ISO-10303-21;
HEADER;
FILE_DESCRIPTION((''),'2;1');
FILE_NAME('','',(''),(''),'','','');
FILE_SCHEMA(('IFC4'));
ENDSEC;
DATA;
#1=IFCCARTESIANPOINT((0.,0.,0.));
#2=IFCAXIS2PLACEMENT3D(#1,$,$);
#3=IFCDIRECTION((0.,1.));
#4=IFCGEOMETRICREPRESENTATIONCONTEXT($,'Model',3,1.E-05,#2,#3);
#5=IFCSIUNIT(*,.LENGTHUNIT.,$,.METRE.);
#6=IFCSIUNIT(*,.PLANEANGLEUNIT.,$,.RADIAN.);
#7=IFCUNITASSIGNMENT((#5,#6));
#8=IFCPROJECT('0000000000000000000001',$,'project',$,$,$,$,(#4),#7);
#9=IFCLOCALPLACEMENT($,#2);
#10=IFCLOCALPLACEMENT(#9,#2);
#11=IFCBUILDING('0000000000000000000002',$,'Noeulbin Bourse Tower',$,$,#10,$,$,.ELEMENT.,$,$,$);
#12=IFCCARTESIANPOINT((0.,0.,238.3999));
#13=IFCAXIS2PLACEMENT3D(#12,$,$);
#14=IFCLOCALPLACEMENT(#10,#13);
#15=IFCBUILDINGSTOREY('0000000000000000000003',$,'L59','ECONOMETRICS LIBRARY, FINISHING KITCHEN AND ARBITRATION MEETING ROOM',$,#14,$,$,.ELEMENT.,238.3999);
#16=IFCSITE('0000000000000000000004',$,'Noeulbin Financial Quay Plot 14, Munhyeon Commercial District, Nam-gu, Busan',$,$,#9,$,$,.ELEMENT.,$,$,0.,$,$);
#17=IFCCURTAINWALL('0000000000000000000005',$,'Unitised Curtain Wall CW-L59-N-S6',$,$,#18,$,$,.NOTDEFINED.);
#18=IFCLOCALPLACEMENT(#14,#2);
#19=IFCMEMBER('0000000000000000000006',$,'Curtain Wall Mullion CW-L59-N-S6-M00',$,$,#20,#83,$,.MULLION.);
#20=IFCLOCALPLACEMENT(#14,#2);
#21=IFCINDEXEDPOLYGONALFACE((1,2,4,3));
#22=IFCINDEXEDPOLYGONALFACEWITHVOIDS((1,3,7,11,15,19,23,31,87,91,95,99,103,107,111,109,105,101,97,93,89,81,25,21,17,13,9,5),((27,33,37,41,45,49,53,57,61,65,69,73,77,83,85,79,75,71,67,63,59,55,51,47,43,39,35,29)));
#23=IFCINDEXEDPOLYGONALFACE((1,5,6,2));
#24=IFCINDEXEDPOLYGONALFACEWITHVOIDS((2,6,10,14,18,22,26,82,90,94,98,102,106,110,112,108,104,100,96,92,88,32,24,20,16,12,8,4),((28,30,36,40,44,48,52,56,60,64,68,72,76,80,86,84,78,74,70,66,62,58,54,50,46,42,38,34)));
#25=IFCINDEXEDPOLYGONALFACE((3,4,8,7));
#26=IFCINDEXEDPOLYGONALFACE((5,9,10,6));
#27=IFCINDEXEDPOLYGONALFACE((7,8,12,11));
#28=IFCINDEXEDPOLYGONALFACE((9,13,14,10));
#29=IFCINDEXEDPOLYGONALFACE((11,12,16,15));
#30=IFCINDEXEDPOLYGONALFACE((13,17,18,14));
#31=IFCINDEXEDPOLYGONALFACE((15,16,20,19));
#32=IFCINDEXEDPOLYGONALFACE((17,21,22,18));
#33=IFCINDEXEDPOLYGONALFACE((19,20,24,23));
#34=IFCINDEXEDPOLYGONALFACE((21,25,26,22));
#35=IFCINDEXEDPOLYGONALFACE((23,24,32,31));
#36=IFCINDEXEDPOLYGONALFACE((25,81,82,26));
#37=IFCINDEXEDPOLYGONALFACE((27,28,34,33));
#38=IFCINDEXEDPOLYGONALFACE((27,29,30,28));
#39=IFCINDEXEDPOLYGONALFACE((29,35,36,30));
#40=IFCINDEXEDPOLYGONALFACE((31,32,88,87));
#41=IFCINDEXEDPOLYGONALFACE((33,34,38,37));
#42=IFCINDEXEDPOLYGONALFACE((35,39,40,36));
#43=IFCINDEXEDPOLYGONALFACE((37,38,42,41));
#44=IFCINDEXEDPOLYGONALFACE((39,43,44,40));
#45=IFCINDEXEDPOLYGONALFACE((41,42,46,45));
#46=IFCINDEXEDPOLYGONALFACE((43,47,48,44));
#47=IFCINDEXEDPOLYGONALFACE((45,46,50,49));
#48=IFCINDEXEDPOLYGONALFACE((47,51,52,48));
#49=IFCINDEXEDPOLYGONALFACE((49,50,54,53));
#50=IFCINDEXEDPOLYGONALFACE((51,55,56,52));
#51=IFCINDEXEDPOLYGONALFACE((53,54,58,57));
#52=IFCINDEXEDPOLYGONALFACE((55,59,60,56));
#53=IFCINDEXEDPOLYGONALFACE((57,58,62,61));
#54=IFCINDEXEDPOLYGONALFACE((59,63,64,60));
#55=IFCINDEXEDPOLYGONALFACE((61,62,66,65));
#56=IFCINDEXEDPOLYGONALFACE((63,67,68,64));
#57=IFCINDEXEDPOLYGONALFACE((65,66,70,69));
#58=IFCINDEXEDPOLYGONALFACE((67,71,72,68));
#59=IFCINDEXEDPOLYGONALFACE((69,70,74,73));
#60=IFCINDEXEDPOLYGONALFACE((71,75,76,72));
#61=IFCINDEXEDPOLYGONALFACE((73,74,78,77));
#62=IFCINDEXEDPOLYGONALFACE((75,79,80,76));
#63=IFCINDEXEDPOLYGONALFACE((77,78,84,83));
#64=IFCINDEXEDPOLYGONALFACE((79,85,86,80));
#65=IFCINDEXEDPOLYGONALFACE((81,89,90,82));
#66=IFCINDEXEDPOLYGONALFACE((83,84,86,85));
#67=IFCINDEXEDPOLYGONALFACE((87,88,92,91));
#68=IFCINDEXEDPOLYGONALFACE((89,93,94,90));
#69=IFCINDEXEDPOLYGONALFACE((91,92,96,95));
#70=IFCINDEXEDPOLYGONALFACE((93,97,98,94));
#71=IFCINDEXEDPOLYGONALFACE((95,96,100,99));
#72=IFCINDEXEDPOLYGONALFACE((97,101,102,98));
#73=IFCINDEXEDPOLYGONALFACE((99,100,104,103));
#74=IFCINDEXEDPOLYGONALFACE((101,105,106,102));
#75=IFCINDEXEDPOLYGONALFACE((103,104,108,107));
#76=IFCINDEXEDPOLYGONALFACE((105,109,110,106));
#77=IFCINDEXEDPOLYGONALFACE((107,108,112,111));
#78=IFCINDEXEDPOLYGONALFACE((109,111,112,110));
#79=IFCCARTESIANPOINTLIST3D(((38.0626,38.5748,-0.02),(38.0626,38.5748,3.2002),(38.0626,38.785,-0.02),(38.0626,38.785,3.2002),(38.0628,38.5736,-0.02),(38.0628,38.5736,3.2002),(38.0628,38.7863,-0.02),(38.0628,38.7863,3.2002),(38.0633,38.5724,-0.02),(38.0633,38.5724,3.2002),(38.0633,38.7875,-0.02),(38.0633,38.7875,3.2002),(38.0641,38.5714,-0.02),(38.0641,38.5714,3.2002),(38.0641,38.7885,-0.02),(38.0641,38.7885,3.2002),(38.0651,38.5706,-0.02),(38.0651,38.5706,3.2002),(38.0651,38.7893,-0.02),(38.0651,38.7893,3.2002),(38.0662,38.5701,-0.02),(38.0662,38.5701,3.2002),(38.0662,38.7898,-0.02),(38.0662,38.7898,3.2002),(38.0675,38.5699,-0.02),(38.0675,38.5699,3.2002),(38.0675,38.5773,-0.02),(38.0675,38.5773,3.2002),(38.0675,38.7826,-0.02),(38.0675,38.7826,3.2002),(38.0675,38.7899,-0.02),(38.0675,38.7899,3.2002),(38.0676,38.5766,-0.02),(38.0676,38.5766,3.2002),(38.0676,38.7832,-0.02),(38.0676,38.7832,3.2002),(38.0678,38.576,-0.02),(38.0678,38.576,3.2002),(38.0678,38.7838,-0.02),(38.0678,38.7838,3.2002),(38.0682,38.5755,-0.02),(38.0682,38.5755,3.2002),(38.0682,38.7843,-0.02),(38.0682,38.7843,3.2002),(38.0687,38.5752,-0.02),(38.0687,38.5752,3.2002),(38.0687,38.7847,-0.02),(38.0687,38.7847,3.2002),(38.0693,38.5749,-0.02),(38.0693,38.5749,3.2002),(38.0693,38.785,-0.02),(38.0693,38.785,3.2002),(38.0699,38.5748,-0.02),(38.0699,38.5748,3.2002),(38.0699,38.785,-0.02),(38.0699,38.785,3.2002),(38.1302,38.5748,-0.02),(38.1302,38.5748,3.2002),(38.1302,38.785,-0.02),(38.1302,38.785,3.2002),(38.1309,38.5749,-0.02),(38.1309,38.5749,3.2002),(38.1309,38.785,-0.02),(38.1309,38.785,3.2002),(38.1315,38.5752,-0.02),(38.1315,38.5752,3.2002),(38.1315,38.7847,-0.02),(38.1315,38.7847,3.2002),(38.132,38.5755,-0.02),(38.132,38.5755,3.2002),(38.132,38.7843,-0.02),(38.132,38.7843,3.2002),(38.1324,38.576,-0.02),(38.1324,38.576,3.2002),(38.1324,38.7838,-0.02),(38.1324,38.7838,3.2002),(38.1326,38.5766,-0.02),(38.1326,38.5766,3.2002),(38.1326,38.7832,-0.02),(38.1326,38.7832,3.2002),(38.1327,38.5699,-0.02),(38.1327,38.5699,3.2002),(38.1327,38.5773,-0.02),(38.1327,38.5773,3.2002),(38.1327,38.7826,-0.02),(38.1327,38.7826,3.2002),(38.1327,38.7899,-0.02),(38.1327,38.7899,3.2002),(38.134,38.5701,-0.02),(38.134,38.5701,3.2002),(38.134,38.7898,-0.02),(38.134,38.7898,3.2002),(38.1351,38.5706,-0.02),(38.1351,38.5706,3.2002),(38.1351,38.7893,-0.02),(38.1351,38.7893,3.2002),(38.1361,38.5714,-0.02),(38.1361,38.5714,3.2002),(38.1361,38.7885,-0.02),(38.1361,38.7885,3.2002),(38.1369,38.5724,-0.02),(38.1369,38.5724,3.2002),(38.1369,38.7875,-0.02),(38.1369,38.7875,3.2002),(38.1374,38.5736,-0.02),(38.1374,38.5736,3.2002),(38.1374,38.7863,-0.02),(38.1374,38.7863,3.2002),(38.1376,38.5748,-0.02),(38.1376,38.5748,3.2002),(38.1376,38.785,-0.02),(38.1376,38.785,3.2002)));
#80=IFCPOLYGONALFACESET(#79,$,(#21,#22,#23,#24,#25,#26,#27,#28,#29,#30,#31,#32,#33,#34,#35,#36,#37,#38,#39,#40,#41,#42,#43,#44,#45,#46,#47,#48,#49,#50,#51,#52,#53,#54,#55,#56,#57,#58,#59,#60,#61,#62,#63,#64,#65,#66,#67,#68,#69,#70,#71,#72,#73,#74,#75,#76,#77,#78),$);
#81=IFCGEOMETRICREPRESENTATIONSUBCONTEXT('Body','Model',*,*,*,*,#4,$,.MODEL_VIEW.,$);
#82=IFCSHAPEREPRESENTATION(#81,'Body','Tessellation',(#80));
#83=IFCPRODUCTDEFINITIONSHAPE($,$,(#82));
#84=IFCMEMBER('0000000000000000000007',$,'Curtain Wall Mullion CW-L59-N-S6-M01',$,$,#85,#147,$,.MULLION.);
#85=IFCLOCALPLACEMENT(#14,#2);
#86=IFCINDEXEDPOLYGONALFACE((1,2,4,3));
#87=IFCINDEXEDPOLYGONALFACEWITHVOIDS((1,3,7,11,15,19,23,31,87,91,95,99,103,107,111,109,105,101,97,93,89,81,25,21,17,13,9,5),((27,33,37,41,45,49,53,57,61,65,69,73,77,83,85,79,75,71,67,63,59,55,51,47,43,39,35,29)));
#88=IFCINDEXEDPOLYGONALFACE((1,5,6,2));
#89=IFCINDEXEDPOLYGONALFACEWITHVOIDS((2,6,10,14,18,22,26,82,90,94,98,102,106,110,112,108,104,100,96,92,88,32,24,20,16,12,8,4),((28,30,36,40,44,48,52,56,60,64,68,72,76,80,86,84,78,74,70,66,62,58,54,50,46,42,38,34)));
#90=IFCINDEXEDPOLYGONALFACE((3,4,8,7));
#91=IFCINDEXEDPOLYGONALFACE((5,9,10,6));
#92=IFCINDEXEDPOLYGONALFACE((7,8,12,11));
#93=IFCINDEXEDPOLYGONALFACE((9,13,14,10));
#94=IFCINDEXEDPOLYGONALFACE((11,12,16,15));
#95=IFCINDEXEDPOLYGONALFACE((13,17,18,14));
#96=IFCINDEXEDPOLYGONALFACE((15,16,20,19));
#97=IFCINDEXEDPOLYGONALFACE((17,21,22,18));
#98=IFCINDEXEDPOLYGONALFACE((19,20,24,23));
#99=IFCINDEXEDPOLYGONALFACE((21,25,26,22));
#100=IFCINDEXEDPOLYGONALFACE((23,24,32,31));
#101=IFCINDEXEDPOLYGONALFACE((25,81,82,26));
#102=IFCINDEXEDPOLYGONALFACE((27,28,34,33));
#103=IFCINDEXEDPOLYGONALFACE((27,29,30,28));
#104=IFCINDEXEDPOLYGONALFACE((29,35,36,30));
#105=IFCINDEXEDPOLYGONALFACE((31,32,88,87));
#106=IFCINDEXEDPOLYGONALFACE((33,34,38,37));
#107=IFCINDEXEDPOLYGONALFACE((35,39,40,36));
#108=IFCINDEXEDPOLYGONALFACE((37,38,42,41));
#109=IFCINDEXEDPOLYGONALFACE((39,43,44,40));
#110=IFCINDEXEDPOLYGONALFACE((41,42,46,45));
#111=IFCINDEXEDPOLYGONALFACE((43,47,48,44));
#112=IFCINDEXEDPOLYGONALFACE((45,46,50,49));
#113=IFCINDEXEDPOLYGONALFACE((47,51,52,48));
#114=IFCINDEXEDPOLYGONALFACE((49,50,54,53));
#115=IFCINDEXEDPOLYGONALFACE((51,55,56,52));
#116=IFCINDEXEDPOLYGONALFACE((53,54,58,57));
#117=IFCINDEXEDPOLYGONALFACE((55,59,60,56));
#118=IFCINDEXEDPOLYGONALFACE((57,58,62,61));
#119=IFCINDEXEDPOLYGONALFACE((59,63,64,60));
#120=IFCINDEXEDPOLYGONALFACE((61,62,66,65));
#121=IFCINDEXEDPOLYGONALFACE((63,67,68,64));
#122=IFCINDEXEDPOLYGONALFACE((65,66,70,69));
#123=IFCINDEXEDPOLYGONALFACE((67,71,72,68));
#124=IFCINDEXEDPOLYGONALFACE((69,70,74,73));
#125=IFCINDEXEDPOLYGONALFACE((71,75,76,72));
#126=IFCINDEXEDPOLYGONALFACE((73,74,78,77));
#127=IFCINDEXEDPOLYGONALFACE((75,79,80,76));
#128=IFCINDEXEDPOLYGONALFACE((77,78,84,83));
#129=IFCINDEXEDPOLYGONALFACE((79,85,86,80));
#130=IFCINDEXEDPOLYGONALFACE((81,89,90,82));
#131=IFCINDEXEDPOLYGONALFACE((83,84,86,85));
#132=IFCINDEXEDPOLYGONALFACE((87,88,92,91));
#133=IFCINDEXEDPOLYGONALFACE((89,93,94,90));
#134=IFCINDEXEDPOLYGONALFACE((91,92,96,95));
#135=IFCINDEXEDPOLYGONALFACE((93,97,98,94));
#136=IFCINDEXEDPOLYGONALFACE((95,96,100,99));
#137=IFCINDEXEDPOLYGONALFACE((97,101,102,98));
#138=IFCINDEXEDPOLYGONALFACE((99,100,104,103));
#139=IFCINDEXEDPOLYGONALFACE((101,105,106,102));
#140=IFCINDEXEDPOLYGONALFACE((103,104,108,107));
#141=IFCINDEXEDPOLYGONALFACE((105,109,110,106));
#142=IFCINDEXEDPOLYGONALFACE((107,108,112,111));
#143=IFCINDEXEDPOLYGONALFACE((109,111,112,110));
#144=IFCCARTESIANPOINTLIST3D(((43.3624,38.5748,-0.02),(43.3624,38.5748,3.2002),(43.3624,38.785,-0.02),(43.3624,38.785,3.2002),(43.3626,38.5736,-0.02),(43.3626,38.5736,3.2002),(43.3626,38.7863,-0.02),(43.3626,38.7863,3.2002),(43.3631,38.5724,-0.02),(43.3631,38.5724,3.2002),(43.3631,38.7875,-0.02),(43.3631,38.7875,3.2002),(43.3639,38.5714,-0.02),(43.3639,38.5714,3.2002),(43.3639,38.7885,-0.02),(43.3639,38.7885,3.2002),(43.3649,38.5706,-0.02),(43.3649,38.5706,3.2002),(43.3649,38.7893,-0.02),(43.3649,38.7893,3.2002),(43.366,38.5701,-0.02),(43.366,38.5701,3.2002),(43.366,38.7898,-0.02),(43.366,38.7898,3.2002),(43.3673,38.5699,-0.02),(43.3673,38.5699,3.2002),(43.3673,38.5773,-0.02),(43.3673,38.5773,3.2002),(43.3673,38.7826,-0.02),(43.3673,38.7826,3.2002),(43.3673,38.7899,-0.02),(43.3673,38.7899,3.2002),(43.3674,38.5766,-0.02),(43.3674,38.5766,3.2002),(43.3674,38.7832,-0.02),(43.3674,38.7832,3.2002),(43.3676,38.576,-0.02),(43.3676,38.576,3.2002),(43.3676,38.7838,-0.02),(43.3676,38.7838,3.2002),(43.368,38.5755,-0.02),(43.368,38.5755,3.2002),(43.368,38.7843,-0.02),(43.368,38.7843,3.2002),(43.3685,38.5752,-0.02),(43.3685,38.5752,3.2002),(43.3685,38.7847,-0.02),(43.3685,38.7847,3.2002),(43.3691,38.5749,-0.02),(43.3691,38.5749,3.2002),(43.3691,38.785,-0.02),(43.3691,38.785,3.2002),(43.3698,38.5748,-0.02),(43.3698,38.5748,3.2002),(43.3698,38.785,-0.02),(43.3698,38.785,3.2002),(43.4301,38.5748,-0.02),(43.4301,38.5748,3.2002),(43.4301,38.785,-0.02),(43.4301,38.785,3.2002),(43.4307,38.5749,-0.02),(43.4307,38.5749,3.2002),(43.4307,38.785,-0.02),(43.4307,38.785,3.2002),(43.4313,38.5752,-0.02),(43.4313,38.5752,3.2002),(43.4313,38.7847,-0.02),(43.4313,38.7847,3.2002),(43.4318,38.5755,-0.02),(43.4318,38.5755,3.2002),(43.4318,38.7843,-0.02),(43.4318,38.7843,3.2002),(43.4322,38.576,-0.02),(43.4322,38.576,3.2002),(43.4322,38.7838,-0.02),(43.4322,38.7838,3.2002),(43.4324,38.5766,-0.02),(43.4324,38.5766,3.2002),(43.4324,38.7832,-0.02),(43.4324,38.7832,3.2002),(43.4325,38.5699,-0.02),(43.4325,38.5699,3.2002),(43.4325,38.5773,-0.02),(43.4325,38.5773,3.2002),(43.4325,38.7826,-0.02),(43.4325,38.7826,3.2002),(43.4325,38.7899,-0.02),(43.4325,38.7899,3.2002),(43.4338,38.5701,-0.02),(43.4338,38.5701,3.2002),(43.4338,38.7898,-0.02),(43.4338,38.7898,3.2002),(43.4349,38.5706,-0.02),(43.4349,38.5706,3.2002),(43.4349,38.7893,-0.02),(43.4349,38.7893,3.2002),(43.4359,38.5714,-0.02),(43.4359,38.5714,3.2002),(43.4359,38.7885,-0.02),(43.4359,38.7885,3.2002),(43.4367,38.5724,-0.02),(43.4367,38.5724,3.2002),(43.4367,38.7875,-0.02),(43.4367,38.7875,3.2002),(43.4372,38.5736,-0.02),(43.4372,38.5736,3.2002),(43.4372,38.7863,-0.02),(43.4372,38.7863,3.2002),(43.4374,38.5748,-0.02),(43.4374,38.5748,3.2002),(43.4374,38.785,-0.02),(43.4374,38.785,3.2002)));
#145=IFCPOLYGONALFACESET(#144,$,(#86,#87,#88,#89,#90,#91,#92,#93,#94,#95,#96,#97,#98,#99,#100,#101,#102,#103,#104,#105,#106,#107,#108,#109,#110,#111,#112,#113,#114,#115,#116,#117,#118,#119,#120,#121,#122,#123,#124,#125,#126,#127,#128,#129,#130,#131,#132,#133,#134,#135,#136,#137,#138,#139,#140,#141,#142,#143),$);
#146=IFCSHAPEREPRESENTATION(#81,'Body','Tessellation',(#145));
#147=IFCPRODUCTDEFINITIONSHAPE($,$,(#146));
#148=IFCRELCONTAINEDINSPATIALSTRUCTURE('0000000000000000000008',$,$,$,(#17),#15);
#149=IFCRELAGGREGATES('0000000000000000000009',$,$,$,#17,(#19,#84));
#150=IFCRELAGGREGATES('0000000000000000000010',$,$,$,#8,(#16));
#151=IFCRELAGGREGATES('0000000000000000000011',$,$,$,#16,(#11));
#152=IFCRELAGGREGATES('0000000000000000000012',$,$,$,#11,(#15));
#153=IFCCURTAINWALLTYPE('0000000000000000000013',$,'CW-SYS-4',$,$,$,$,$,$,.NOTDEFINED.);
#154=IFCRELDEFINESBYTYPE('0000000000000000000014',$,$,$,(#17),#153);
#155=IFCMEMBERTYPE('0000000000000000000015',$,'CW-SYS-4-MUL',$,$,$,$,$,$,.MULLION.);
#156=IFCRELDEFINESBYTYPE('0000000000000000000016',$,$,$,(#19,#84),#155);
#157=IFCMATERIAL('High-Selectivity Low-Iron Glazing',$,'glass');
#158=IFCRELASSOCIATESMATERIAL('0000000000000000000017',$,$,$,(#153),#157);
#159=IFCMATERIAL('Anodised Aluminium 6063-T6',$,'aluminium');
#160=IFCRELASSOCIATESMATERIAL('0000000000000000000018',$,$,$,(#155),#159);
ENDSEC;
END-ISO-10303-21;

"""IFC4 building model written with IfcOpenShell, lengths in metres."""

from ifc_helpers import new_model, si_unit, direction, frame, origin, origin_2d, place, context, subcontext, project, spatial, hollow_rectangle, extrude, material, material_profile, profile_set, type_object, element, aggregate, save


model = new_model("IFC4")

# Units and contexts
model_context = context("Model", 3, precision=1e-05, world=origin(), true_north=direction((0.0, 1.0)))
body_context = subcontext(model_context, "Body", "Model", "MODEL_VIEW")
ifc_project = project(units=[si_unit("LENGTHUNIT", "METRE"), si_unit("PLANEANGLEUNIT", "RADIAN")], contexts=[model_context])

# Site, building, storey
site_placement = place(None, origin())
site = spatial("IfcSite", under=ifc_project, at=site_placement, Name="Noeulbin Financial Quay Plot 14, Munhyeon Commercial District, Nam-gu, Busan", CompositionType="ELEMENT", RefElevation=0.0)
building_placement = place(site_placement, origin())
building = spatial("IfcBuilding", under=site, at=building_placement, Name="Noeulbin Bourse Tower", CompositionType="ELEMENT")
storey_placement = place(building_placement, frame((0.0, 0.0, 238.3999)))
storey = spatial("IfcBuildingStorey", under=building, at=storey_placement, Name="L59", Description="ECONOMETRICS LIBRARY, FINISHING KITCHEN AND ARBITRATION MEETING ROOM", CompositionType="ELEMENT", Elevation=238.3999)

# Curtain wall, members
ifc_material_1 = material(Name="High-Selectivity Low-Iron Glazing", Category="glass")
curtain_wall_type = type_object("IfcCurtainWallType", Name="CW-SYS-4", PredefinedType="NOTDEFINED", material=ifc_material_1)
curtain_wall_1_placement = place(storey_placement, origin())
curtain_wall_1 = element("IfcCurtainWall", 1, at=curtain_wall_1_placement, inside=storey, type_object=curtain_wall_type, Name="Unitised Curtain Wall CW-L59-N-S6", PredefinedType="NOTDEFINED")
ifc_material_2 = material(Name="Anodised Aluminium 6063-T6", Category="aluminium")
ifc_material_profile_1 = material_profile(ifc_material_2, hollow_rectangle(XDim=0.075, YDim=0.22, WallThickness=0.0049, InnerFilletRadius=0.0024, OuterFilletRadius=0.0049, at=origin_2d()), Name="ALU-MULL-75x220x5", Category="LoadBearing")
ifc_profile_set_1 = profile_set([ifc_material_profile_1], Name="Anodised Aluminium 6063-T6")
member_type_1 = type_object("IfcMemberType", Name="CW-SYS-4-MUL", PredefinedType="MULLION", material=ifc_profile_set_1)
member_1_placement = place(storey_placement, frame((38.1001, 38.6799, -0.02), z_axis=(0.0, 0.0, 1.0), x_axis=(1.0, 0.0, 0.0)))
member_1 = element("IfcMember", 2, at=member_1_placement, type_object=member_type_1, Name="Curtain Wall Mullion CW-L59-N-S6-M00", PredefinedType="MULLION", context=body_context, shape_type="SweptSolid", body=[
    extrude(hollow_rectangle(XDim=0.075, YDim=0.22, WallThickness=0.0049, InnerFilletRadius=0.0024, OuterFilletRadius=0.0049, at=origin_2d()), origin(), (0.0, 0.0, 1.0), 3.2202),
])
member_2_placement = place(storey_placement, frame((43.3999, 38.6799, -0.02), z_axis=(0.0, 0.0, 1.0), x_axis=(1.0, 0.0, 0.0)))
member_2 = element("IfcMember", 3, at=member_2_placement, type_object=member_type_1, Name="Curtain Wall Mullion CW-L59-N-S6-M01", PredefinedType="MULLION", context=body_context, shape_type="SweptSolid", body=[
    extrude(hollow_rectangle(XDim=0.075, YDim=0.22, WallThickness=0.0049, InnerFilletRadius=0.0024, OuterFilletRadius=0.0049, at=origin_2d()), origin(), (0.0, 0.0, 1.0), 3.2202),
])

aggregate(curtain_wall_1, [member_1, member_2])

save(model, "model.ifc")
